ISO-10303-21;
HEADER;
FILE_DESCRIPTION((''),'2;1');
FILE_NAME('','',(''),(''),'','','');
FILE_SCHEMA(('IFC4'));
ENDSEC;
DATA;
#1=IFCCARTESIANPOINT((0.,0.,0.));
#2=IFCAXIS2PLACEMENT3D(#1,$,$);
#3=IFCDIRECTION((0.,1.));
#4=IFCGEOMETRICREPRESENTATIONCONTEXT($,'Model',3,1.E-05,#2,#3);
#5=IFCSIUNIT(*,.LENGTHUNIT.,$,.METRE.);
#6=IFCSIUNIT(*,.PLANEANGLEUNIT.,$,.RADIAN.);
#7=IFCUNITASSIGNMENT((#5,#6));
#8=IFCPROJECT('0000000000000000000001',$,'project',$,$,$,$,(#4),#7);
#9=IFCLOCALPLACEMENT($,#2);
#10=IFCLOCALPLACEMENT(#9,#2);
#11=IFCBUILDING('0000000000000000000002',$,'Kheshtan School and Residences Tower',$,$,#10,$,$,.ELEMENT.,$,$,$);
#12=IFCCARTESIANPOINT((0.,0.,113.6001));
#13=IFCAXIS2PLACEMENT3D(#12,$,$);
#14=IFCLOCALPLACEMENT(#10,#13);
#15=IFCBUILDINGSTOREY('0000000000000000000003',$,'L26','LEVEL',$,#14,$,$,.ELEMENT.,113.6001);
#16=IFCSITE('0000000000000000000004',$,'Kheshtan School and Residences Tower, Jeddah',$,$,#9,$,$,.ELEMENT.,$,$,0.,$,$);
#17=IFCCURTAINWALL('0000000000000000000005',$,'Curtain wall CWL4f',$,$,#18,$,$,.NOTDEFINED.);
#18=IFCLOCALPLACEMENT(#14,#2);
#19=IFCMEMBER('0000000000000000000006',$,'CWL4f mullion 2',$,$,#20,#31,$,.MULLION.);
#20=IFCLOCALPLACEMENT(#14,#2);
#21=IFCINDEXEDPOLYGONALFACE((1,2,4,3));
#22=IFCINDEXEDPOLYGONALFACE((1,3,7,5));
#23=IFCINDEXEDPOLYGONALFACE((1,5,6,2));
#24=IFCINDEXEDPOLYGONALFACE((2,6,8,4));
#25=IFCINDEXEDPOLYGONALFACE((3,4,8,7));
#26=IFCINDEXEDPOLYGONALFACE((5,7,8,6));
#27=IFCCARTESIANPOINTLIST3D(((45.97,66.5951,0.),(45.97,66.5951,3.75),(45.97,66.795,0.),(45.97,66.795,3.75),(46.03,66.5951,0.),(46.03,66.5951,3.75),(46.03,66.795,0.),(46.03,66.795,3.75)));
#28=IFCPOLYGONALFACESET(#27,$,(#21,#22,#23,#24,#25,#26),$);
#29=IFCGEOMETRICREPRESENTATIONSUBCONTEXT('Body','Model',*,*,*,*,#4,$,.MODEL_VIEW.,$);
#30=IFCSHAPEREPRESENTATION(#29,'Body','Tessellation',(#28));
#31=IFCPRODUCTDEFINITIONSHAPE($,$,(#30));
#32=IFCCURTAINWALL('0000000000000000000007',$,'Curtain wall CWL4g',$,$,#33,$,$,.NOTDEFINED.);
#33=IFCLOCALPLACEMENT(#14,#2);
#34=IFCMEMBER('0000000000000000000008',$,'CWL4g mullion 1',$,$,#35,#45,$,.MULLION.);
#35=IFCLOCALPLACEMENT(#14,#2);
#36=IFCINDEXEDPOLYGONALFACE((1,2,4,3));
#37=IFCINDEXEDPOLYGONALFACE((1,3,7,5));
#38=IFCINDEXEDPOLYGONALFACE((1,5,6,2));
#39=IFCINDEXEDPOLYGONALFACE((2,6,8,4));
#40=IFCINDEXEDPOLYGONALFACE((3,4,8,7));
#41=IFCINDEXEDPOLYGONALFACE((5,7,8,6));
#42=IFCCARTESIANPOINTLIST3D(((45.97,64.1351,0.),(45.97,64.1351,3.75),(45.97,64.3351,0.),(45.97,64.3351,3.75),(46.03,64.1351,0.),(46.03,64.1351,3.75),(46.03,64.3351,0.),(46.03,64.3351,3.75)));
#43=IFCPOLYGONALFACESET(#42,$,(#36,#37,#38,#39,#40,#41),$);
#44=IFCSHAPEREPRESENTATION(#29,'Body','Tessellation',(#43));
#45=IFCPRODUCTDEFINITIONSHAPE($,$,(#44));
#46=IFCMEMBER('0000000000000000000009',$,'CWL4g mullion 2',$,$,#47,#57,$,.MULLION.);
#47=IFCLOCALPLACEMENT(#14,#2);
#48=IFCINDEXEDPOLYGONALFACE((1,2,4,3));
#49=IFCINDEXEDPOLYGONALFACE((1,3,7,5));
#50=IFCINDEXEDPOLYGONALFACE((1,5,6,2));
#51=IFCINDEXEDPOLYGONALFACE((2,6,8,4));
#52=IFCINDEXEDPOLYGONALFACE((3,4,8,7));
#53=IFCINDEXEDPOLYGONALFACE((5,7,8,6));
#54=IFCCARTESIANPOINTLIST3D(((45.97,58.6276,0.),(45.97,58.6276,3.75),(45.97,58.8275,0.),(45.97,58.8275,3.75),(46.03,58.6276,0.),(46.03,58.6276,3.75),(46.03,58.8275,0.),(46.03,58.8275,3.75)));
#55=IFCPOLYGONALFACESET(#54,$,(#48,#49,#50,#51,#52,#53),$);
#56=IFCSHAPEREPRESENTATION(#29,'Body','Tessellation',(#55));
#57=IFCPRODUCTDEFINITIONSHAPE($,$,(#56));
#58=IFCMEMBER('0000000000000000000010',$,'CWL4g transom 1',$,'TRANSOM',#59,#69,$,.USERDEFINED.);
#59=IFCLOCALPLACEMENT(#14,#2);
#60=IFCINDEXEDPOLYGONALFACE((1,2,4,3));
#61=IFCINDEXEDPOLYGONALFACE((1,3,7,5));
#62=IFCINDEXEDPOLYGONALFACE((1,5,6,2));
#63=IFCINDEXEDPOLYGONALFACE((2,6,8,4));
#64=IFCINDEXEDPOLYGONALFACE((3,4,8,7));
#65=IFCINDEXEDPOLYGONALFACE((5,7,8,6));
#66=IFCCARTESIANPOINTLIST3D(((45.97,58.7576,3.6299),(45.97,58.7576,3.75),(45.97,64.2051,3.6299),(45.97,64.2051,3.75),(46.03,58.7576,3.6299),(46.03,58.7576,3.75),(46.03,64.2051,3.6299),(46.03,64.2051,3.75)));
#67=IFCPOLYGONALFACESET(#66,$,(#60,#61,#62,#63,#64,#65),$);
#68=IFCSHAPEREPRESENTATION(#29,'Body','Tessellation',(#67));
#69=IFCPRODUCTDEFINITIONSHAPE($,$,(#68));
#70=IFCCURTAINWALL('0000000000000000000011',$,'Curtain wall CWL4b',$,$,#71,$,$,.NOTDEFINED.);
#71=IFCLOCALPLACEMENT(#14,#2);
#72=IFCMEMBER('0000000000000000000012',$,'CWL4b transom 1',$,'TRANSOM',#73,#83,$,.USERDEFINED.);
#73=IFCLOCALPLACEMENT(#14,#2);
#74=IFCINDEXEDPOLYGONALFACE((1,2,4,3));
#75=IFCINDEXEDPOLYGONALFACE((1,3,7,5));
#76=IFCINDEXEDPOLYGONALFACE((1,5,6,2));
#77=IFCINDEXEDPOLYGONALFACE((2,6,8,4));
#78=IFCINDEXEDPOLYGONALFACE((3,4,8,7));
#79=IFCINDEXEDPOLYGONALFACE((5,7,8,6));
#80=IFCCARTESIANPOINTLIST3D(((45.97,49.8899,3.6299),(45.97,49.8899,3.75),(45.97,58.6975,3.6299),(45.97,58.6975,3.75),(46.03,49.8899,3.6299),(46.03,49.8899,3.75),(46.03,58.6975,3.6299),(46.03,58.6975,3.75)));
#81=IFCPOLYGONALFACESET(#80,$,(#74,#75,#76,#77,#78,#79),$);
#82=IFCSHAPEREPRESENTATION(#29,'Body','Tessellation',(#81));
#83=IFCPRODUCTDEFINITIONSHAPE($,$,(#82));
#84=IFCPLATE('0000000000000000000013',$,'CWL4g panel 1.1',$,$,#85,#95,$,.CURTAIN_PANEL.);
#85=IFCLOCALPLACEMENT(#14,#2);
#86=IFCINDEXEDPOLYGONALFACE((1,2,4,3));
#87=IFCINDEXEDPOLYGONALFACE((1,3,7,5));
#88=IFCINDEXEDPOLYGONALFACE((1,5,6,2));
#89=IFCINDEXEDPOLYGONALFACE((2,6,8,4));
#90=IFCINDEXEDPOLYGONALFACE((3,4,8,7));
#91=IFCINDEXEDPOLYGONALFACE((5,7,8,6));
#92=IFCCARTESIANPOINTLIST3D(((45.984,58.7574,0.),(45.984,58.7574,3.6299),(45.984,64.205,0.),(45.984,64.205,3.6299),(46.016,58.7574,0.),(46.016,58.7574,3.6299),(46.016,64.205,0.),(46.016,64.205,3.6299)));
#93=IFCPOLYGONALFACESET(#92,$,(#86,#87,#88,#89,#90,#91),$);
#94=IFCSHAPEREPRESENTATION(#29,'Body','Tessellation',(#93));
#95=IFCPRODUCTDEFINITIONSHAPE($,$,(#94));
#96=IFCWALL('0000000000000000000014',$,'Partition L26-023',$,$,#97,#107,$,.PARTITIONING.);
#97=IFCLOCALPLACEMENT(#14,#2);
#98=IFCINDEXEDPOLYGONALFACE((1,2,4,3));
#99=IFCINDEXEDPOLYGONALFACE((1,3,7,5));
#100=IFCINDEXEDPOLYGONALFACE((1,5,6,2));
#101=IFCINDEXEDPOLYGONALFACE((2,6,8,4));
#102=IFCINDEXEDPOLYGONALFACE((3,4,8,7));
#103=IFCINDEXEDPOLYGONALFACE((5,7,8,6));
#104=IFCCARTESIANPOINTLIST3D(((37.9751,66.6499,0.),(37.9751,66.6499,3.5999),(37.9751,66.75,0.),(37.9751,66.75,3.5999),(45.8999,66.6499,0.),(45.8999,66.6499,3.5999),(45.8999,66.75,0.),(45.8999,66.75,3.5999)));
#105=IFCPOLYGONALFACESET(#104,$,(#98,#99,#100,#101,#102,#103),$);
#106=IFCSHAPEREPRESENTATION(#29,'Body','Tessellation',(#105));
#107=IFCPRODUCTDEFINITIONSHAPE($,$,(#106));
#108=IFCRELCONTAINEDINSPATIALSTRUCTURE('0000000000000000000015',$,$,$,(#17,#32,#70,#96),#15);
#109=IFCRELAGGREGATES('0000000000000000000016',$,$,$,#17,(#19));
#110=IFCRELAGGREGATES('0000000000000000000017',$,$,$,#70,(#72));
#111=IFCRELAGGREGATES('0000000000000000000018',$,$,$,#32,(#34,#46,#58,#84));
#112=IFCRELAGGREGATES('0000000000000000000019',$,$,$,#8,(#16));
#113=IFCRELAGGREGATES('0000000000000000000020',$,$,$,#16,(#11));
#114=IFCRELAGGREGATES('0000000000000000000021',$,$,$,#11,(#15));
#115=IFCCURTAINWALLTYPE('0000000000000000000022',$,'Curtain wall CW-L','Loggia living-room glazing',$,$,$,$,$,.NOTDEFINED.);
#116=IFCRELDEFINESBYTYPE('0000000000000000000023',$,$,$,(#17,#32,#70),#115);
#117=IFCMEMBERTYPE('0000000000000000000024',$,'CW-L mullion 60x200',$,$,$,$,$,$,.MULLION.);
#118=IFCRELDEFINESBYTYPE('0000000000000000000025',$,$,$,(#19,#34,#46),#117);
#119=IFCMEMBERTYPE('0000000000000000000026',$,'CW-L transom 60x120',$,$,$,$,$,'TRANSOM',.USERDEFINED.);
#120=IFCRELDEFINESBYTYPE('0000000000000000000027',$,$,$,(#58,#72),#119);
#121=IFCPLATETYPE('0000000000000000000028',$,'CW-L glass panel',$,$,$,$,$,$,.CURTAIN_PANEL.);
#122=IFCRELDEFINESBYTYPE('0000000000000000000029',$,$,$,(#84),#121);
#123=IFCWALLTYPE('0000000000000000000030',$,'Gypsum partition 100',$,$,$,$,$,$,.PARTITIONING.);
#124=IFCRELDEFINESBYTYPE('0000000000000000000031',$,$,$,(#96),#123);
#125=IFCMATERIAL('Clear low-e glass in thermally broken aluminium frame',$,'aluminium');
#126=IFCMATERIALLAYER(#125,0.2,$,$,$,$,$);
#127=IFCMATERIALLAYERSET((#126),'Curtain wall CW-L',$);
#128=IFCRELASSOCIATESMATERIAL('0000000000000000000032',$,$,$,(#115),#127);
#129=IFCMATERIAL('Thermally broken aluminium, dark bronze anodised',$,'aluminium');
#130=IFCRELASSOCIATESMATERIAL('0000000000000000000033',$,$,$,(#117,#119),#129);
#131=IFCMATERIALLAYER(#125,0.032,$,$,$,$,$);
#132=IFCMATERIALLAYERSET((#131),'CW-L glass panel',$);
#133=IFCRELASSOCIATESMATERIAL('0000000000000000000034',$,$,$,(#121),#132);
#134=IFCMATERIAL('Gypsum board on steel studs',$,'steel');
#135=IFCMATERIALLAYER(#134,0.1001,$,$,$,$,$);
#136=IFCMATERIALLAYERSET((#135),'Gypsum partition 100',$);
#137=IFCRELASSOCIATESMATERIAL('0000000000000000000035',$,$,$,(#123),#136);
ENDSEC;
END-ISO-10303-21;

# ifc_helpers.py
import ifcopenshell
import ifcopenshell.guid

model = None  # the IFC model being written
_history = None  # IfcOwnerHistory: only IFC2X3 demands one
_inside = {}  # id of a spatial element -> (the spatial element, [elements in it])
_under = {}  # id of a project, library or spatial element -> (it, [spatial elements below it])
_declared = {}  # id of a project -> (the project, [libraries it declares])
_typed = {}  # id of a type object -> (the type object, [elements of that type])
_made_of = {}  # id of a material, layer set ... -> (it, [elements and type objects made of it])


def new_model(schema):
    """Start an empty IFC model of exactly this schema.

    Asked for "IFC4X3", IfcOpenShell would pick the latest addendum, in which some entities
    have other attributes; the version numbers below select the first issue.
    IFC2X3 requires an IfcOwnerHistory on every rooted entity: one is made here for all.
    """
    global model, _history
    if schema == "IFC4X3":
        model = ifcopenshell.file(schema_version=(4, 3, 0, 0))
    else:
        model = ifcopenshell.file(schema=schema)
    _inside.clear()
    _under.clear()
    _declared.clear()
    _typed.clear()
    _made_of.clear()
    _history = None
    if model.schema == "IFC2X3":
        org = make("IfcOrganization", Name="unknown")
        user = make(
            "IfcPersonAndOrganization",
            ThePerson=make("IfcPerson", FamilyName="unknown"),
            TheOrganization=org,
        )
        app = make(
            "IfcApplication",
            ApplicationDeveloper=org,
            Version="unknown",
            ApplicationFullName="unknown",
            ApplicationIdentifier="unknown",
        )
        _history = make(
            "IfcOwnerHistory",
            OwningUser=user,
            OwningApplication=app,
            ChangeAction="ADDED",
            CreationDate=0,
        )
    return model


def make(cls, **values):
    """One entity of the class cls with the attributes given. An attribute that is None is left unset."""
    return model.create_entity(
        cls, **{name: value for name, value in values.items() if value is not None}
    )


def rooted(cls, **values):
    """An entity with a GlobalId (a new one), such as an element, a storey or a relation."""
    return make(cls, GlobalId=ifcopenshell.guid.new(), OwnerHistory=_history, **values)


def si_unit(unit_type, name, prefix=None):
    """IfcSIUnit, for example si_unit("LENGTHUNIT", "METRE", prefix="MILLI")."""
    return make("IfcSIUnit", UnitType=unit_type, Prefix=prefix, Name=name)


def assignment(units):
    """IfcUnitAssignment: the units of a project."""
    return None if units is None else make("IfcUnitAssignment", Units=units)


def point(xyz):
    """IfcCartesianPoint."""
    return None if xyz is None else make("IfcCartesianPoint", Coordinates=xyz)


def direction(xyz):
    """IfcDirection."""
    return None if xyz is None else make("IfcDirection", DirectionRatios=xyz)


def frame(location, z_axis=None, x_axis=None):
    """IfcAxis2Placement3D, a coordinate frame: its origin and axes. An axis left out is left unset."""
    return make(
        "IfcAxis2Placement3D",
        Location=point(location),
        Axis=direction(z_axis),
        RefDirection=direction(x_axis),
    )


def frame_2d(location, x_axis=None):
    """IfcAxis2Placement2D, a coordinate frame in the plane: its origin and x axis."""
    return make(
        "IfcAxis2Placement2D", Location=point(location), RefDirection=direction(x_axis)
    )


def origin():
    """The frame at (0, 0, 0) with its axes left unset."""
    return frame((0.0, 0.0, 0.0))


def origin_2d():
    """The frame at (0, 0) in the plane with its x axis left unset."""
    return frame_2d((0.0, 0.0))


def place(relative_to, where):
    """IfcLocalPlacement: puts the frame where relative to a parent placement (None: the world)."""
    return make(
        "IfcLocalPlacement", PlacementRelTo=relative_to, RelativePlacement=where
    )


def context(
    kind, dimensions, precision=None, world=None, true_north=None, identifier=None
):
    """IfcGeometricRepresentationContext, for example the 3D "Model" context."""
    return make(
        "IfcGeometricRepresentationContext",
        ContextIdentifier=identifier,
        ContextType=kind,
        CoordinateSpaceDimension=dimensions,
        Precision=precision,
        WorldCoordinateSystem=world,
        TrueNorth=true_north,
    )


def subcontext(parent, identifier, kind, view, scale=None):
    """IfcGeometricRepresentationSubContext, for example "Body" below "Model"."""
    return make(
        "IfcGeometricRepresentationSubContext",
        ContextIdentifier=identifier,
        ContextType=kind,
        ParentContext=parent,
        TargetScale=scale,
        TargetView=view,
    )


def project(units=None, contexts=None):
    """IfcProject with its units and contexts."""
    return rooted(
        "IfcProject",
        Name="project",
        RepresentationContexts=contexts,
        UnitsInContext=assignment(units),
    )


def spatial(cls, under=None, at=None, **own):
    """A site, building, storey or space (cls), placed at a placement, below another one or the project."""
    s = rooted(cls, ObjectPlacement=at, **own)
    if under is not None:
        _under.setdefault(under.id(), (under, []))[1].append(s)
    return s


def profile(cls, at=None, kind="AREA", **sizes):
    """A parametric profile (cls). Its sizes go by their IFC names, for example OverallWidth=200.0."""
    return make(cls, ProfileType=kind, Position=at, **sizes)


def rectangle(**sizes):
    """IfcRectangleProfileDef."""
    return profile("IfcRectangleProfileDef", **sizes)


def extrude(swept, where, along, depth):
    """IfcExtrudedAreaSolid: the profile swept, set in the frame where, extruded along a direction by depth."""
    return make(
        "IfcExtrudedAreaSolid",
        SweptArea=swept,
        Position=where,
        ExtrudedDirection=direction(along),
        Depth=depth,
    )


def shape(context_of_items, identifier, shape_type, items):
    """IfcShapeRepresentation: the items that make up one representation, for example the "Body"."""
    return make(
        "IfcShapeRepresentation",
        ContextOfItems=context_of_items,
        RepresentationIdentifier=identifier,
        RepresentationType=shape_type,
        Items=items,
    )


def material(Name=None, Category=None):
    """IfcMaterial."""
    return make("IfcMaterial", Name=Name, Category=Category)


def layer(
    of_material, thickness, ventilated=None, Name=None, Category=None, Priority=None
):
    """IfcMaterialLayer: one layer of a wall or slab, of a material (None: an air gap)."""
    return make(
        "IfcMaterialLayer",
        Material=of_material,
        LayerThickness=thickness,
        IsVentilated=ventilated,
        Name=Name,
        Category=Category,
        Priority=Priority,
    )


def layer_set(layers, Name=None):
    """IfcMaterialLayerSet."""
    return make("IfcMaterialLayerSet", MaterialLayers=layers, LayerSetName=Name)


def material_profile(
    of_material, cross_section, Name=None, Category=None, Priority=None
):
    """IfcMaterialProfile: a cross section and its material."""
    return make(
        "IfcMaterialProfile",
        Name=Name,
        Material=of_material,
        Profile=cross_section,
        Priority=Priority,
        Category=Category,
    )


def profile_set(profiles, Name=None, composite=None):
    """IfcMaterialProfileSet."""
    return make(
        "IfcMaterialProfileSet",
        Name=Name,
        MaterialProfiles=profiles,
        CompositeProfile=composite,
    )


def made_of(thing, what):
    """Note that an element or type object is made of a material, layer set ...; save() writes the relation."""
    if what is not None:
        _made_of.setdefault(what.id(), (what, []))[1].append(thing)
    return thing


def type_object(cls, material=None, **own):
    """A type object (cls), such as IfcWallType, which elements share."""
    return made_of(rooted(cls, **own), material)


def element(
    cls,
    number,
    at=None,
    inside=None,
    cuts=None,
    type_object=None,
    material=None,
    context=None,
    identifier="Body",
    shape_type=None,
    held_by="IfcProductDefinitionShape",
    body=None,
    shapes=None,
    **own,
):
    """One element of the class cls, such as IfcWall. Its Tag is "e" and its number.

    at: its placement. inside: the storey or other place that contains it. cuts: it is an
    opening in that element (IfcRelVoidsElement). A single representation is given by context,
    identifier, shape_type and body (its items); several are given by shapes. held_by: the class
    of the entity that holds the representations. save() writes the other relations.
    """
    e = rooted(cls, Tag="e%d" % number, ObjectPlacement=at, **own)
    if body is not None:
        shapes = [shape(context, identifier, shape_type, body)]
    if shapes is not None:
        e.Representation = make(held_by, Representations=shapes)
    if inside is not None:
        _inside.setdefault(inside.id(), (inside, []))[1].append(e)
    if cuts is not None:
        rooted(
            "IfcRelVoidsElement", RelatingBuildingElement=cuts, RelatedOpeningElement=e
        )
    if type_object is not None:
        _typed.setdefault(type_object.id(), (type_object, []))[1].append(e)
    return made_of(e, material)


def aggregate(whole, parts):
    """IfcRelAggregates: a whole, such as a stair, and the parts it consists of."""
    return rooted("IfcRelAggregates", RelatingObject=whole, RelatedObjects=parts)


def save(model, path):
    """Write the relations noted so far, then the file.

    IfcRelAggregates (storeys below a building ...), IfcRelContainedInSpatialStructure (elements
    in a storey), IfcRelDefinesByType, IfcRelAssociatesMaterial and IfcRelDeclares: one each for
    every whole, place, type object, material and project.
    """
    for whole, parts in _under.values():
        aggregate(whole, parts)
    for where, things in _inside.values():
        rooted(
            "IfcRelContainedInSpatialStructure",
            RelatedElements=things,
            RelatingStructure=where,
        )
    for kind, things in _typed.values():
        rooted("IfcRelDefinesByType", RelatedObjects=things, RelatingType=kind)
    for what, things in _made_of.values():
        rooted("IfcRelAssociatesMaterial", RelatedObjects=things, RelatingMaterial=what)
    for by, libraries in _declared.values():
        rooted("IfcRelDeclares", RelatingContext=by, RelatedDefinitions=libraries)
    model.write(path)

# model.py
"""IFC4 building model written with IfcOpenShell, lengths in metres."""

from ifc_helpers import new_model, si_unit, direction, frame, frame_2d, origin, origin_2d, place, context, subcontext, project, spatial, rectangle, extrude, material, layer, layer_set, material_profile, profile_set, type_object, element, aggregate, save


model = new_model("IFC4")

# Units and contexts
model_context = context("Model", 3, precision=1e-05, world=origin(), true_north=direction((0.0, 1.0)))
body_context = subcontext(model_context, "Body", "Model", "MODEL_VIEW")
ifc_project = project(units=[si_unit("LENGTHUNIT", "METRE"), si_unit("PLANEANGLEUNIT", "RADIAN")], contexts=[model_context])

# Site, building, storey
site_placement = place(None, origin())
site = spatial("IfcSite", under=ifc_project, at=site_placement, Name="Kheshtan School and Residences Tower, Jeddah", CompositionType="ELEMENT", RefElevation=0.0)
building_placement = place(site_placement, origin())
building = spatial("IfcBuilding", under=site, at=building_placement, Name="Kheshtan School and Residences Tower", CompositionType="ELEMENT")
storey_placement = place(building_placement, frame((0.0, 0.0, 113.6001)))
storey = spatial("IfcBuildingStorey", under=building, at=storey_placement, Name="L26", Description="LEVEL", CompositionType="ELEMENT", Elevation=113.6001)

# Curtain wall, member
ifc_material_1 = material(Name="Clear low-e glass in thermally broken aluminium frame", Category="aluminium")
ifc_layer_1 = layer(ifc_material_1, 0.2)
ifc_layer_set_1 = layer_set([ifc_layer_1], Name="Curtain wall CW-L")
curtain_wall_type = type_object("IfcCurtainWallType", Name="Curtain wall CW-L", Description="Loggia living-room glazing", PredefinedType="NOTDEFINED", material=ifc_layer_set_1)
curtain_wall_1_placement = place(storey_placement, origin())
curtain_wall_1 = element("IfcCurtainWall", 1, at=curtain_wall_1_placement, inside=storey, type_object=curtain_wall_type, Name="Curtain wall CWL4f", PredefinedType="NOTDEFINED")
ifc_material_2 = material(Name="Thermally broken aluminium, dark bronze anodised", Category="aluminium")
ifc_material_profile_1 = material_profile(ifc_material_2, rectangle(XDim=0.0601, YDim=0.2, at=origin_2d()), Name="CW-L mullion 60x200")
ifc_profile_set_1 = profile_set([ifc_material_profile_1], Name="Thermally broken aluminium, dark bronze anodised")
member_type_1 = type_object("IfcMemberType", Name="CW-L mullion 60x200", PredefinedType="MULLION", material=ifc_profile_set_1)
member_1_placement = place(storey_placement, frame((46.0, 66.6951, 0.0), z_axis=(0.0, 0.0, 1.0), x_axis=(1.0, 0.0, 0.0)))
member_1 = element("IfcMember", 2, at=member_1_placement, type_object=member_type_1, Name="CWL4f mullion 2", PredefinedType="MULLION", context=body_context, shape_type="SweptSolid", body=[
    extrude(rectangle(XDim=0.0601, YDim=0.2, at=origin_2d()), origin(), (0.0, 0.0, 1.0), 3.75),
])
aggregate(curtain_wall_1, [member_1])

# Curtain wall, members
curtain_wall_2_placement = place(storey_placement, origin())
curtain_wall_2 = element("IfcCurtainWall", 3, at=curtain_wall_2_placement, inside=storey, type_object=curtain_wall_type, Name="Curtain wall CWL4g", PredefinedType="NOTDEFINED")
member_2_placement = place(storey_placement, frame((46.0, 64.2351, 0.0), z_axis=(0.0, 0.0, 1.0), x_axis=(1.0, 0.0, 0.0)))
member_2 = element("IfcMember", 4, at=member_2_placement, type_object=member_type_1, Name="CWL4g mullion 1", PredefinedType="MULLION", context=body_context, shape_type="SweptSolid", body=[
    extrude(rectangle(XDim=0.0601, YDim=0.2, at=origin_2d()), origin(), (0.0, 0.0, 1.0), 3.75),
])
member_3_placement = place(storey_placement, frame((46.0, 58.7275, 0.0), z_axis=(0.0, 0.0, 1.0), x_axis=(1.0, 0.0, 0.0)))
member_3 = element("IfcMember", 5, at=member_3_placement, type_object=member_type_1, Name="CWL4g mullion 2", PredefinedType="MULLION", context=body_context, shape_type="SweptSolid", body=[
    extrude(rectangle(XDim=0.0601, YDim=0.2, at=origin_2d()), origin(), (0.0, 0.0, 1.0), 3.75),
])
ifc_material_profile_2 = material_profile(ifc_material_2, rectangle(XDim=0.0601, YDim=0.1201, at=origin_2d()), Name="CW-L transom 60x120")
ifc_profile_set_2 = profile_set([ifc_material_profile_2], Name="Thermally broken aluminium, dark bronze anodised")
member_type_2 = type_object("IfcMemberType", Name="CW-L transom 60x120", ElementType="TRANSOM", PredefinedType="USERDEFINED", material=ifc_profile_set_2)
member_4_placement = place(storey_placement, frame((46.0, 64.2051, 3.6899), z_axis=(0.0, -1.0, 0.0), x_axis=(1.0, 0.0, 0.0)))
member_4 = element("IfcMember", 6, at=member_4_placement, type_object=member_type_2, Name="CWL4g transom 1", ObjectType="TRANSOM", PredefinedType="USERDEFINED", context=body_context, shape_type="SweptSolid", body=[
    extrude(rectangle(XDim=0.0601, YDim=0.1201, at=origin_2d()), origin(), (0.0, 0.0, 1.0), 5.4475),
])

# Curtain wall, member
curtain_wall_3_placement = place(storey_placement, origin())
curtain_wall_3 = element("IfcCurtainWall", 7, at=curtain_wall_3_placement, inside=storey, type_object=curtain_wall_type, Name="Curtain wall CWL4b", PredefinedType="NOTDEFINED")
member_5_placement = place(storey_placement, frame((46.0, 58.6975, 3.6899), z_axis=(0.0, -1.0, 0.0), x_axis=(1.0, 0.0, 0.0)))
member_5 = element("IfcMember", 8, at=member_5_placement, type_object=member_type_2, Name="CWL4b transom 1", ObjectType="TRANSOM", PredefinedType="USERDEFINED", context=body_context, shape_type="SweptSolid", body=[
    extrude(rectangle(XDim=0.0601, YDim=0.1201, at=origin_2d()), origin(), (0.0, 0.0, 1.0), 8.8076),
])
aggregate(curtain_wall_3, [member_5])

# Plate
ifc_layer_2 = layer(ifc_material_1, 0.032)
ifc_layer_set_2 = layer_set([ifc_layer_2], Name="CW-L glass panel")
plate_type = type_object("IfcPlateType", Name="CW-L glass panel", PredefinedType="CURTAIN_PANEL", material=ifc_layer_set_2)
plate_placement = place(storey_placement, frame((46.0, 61.4812, 0.0), z_axis=(0.0, 0.0, 1.0), x_axis=(0.0, -1.0, 0.0)))
plate = element("IfcPlate", 9, at=plate_placement, type_object=plate_type, Name="CWL4g panel 1.1", PredefinedType="CURTAIN_PANEL", context=body_context, shape_type="SweptSolid", body=[
    extrude(rectangle(XDim=5.4475, YDim=0.032, at=origin_2d()), origin(), (0.0, 0.0, 1.0), 3.6299),
])
aggregate(curtain_wall_2, [member_2, member_3, member_4, plate])

# Wall
ifc_material_3 = material(Name="Gypsum board on steel studs", Category="steel")
ifc_layer_3 = layer(ifc_material_3, 0.1001)
ifc_layer_set_3 = layer_set([ifc_layer_3], Name="Gypsum partition 100")
wall_type_1 = type_object("IfcWallType", Name="Gypsum partition 100", PredefinedType="PARTITIONING", material=ifc_layer_set_3)
wall_1_placement = place(storey_placement, frame((37.9751, 66.7, 0.0), z_axis=(0.0, 0.0, 1.0), x_axis=(1.0, 0.0, 0.0)))
element("IfcWall", 10, at=wall_1_placement, inside=storey, type_object=wall_type_1, Name="Partition L26-023", PredefinedType="PARTITIONING", context=body_context, shape_type="SweptSolid", body=[
    extrude(rectangle(XDim=7.9248, YDim=0.1001, at=frame_2d((3.9624, 0.0))), origin(), (0.0, 0.0, 1.0), 3.5999),
])

save(model, "model.ifc")
